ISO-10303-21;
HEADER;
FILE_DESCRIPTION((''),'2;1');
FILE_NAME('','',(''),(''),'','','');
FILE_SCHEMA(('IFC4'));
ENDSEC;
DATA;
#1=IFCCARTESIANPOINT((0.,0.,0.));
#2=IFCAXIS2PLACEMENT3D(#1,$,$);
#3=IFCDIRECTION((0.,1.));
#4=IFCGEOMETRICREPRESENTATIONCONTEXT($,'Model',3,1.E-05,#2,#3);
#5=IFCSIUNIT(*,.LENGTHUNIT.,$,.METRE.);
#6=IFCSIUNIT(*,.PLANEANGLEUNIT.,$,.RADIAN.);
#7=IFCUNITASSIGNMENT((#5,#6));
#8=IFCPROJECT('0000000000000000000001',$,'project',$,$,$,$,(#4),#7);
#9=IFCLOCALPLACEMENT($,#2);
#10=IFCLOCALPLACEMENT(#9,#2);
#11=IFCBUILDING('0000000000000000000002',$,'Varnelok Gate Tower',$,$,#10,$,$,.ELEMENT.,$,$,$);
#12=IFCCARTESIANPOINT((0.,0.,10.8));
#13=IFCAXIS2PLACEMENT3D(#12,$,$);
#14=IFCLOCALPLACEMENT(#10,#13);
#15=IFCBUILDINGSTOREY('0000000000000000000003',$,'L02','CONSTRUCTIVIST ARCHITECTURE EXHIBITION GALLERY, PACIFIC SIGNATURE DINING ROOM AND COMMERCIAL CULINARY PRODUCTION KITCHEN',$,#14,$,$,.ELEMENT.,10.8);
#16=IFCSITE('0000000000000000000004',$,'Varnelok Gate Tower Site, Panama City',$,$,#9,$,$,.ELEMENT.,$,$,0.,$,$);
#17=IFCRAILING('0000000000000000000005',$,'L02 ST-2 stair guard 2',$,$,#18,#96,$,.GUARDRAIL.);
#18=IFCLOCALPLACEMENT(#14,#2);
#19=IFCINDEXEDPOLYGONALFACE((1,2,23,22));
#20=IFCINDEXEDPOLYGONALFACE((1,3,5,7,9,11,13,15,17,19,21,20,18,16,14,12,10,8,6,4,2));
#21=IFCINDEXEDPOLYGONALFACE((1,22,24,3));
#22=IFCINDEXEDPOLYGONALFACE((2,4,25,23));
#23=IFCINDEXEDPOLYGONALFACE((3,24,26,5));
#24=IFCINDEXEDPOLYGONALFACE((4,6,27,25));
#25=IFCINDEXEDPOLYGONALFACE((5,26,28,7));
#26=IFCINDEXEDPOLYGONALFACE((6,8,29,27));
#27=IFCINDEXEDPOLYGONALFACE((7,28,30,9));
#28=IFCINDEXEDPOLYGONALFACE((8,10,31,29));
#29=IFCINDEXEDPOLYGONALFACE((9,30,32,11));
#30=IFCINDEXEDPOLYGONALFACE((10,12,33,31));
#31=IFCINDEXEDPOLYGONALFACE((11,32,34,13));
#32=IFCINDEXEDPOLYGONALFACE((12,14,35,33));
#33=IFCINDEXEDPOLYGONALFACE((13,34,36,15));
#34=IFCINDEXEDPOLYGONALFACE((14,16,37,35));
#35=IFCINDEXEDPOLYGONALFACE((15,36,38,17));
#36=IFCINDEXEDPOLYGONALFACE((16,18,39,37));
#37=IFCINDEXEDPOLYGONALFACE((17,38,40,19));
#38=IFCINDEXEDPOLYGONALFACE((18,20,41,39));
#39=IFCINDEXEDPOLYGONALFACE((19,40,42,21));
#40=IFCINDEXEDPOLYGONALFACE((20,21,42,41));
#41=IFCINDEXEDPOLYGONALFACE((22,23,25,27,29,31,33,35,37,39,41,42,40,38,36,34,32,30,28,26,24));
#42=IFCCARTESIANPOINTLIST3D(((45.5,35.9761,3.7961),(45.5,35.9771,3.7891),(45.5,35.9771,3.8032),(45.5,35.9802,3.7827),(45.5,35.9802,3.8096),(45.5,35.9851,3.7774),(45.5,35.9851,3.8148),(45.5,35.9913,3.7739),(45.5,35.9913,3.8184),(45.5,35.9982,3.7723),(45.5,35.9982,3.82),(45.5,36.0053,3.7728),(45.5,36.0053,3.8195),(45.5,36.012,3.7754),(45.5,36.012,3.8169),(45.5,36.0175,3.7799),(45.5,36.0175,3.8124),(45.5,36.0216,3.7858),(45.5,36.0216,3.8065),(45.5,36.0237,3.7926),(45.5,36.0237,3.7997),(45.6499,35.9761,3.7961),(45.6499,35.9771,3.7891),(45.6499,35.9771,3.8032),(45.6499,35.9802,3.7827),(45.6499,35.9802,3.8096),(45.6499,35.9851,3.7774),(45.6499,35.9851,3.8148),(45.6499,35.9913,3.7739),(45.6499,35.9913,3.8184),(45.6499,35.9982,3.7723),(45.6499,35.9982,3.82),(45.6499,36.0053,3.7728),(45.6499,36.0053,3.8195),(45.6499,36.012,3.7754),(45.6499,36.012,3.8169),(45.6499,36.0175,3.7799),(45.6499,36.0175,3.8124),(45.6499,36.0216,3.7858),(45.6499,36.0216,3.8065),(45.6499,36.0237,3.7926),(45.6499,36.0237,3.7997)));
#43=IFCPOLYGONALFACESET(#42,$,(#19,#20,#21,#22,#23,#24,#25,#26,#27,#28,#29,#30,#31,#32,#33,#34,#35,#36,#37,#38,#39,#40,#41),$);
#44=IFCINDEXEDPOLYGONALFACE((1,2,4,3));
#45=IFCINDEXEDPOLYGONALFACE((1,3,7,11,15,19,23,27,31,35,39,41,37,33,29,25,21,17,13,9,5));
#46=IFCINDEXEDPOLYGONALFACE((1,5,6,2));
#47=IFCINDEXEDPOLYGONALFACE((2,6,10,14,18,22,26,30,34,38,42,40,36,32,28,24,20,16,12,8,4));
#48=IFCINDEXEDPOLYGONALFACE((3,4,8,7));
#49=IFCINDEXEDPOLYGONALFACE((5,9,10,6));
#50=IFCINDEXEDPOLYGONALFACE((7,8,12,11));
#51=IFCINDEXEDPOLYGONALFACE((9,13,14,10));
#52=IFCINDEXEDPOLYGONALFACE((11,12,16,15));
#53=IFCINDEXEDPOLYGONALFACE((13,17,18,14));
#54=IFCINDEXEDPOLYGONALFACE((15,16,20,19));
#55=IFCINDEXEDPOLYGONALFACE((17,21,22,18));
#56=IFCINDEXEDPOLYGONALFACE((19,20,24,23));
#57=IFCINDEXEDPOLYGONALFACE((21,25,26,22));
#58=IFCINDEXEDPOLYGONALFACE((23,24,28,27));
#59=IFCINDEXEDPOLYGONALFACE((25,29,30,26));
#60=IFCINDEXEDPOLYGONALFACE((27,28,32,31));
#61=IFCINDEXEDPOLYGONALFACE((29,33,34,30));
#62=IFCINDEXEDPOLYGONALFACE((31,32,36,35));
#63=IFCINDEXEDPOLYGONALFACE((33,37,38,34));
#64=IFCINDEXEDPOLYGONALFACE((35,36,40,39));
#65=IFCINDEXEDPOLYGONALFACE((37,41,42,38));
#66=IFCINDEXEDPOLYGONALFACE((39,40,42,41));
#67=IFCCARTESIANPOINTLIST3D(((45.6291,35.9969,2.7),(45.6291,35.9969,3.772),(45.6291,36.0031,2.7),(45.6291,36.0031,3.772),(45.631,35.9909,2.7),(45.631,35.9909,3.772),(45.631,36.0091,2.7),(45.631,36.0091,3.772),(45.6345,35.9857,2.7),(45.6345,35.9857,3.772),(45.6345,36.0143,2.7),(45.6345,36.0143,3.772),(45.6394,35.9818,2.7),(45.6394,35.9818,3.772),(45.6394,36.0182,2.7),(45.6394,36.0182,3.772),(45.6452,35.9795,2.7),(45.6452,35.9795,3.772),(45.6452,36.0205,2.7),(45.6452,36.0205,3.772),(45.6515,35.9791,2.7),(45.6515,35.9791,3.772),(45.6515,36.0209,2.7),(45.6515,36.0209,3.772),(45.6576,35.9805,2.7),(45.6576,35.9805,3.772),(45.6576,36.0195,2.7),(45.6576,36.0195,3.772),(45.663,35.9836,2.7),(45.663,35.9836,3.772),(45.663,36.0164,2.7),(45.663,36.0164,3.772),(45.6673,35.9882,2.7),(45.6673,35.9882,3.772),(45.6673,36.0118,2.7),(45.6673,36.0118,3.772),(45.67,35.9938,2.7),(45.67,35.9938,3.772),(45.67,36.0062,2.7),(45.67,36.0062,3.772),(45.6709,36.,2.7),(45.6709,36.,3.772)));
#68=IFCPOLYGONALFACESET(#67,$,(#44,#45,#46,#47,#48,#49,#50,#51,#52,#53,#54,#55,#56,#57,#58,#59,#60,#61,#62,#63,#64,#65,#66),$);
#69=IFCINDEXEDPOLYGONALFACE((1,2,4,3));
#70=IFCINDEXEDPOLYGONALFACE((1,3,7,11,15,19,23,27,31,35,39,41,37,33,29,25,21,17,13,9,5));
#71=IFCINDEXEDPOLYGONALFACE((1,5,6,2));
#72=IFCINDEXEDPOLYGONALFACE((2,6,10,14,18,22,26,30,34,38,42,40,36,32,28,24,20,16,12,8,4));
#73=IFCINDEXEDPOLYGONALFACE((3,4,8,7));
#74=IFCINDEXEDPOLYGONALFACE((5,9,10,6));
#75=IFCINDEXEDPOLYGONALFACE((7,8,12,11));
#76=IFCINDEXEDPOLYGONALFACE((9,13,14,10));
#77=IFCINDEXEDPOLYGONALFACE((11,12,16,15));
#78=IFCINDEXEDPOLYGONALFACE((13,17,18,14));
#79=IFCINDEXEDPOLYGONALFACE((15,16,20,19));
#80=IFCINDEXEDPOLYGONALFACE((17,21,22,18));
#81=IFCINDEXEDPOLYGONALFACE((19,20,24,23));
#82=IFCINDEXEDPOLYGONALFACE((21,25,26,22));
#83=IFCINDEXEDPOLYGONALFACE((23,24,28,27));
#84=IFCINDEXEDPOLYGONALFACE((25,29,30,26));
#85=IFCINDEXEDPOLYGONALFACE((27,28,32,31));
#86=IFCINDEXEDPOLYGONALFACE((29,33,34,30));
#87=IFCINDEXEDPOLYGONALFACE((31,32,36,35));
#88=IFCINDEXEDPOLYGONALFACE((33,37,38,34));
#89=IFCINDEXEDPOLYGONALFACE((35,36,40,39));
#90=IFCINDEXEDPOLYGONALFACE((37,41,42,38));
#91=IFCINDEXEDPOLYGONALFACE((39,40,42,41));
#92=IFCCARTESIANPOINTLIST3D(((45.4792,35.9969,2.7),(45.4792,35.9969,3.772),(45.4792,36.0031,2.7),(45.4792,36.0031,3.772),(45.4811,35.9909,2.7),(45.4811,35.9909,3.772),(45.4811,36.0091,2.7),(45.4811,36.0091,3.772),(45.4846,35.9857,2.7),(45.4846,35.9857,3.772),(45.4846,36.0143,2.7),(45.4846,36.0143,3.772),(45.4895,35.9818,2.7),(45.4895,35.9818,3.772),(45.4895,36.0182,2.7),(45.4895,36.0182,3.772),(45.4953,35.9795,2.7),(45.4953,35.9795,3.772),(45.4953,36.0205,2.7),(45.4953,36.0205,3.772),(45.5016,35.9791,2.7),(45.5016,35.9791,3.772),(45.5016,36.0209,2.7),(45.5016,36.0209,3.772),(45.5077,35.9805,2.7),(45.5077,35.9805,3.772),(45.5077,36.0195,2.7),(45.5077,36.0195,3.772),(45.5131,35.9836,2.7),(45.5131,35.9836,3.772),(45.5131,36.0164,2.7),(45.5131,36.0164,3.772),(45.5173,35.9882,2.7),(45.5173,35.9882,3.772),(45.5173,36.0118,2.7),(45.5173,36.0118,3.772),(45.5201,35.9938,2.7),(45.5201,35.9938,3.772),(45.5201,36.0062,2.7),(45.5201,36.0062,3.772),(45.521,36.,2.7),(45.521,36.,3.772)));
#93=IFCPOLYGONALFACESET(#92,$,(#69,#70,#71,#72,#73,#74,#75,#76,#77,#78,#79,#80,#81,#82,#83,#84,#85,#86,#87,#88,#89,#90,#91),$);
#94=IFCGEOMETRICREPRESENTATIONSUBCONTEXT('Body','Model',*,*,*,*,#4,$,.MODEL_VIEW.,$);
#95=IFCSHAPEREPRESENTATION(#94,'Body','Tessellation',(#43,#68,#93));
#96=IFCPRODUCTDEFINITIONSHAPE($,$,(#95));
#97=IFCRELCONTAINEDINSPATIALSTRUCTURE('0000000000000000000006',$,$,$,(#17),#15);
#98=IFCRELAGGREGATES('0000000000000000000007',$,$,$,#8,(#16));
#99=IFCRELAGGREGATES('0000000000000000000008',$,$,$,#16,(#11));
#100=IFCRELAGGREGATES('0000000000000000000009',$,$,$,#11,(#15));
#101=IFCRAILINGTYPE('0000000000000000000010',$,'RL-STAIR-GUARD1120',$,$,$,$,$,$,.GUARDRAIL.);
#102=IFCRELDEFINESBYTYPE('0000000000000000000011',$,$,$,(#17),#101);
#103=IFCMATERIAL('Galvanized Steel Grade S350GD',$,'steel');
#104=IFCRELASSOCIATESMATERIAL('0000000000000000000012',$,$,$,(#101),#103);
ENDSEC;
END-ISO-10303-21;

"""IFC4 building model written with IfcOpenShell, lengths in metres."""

from ifc_helpers import new_model, si_unit, direction, frame, origin, origin_2d, place, context, subcontext, project, spatial, circle, extrude, material, type_object, element, save


model = new_model("IFC4")

# Units and contexts
model_context = context("Model", 3, precision=1e-05, world=origin(), true_north=direction((0.0, 1.0)))
body_context = subcontext(model_context, "Body", "Model", "MODEL_VIEW")
ifc_project = project(units=[si_unit("LENGTHUNIT", "METRE"), si_unit("PLANEANGLEUNIT", "RADIAN")], contexts=[model_context])

# Site, building, storey
site_placement = place(None, origin())
site = spatial("IfcSite", under=ifc_project, at=site_placement, Name="Varnelok Gate Tower Site, Panama City", CompositionType="ELEMENT", RefElevation=0.0)
building_placement = place(site_placement, origin())
building = spatial("IfcBuilding", under=site, at=building_placement, Name="Varnelok Gate Tower", CompositionType="ELEMENT")
storey_placement = place(building_placement, frame((0.0, 0.0, 10.8)))
storey = spatial("IfcBuildingStorey", under=building, at=storey_placement, Name="L02", Description="CONSTRUCTIVIST ARCHITECTURE EXHIBITION GALLERY, PACIFIC SIGNATURE DINING ROOM AND COMMERCIAL CULINARY PRODUCTION KITCHEN", CompositionType="ELEMENT", Elevation=10.8)

# Shared definitions
ifc_material_1 = material(Name="Galvanized Steel Grade S350GD", Category="steel")

# Railing
railing_type_1 = type_object("IfcRailingType", Name="RL-STAIR-GUARD1120", PredefinedType="GUARDRAIL", material=ifc_material_1)
railing_1_placement = place(storey_placement, frame((45.6499, 36.0, 2.7)))
element("IfcRailing", 1, at=railing_1_placement, inside=storey, type_object=railing_type_1, Name="L02 ST-2 stair guard 2", PredefinedType="GUARDRAIL", context=body_context, shape_type="SweptSolid", body=[
    extrude(circle(Radius=0.0239, at=origin_2d()), frame((0.0, 0.0, 1.0962), z_axis=(-1.0, 0.0, 0.0), x_axis=(0.0, -1.0, 0.0)), (0.0, 0.0, 1.0), 0.1499),
    extrude(circle(Radius=0.021, at=origin_2d()), origin(), (0.0, 0.0, 1.0), 1.072),
    extrude(circle(Radius=0.021, at=origin_2d()), frame((-0.1499, 0.0, 0.0)), (0.0, 0.0, 1.0), 1.072),
])

save(model, "model.ifc")
